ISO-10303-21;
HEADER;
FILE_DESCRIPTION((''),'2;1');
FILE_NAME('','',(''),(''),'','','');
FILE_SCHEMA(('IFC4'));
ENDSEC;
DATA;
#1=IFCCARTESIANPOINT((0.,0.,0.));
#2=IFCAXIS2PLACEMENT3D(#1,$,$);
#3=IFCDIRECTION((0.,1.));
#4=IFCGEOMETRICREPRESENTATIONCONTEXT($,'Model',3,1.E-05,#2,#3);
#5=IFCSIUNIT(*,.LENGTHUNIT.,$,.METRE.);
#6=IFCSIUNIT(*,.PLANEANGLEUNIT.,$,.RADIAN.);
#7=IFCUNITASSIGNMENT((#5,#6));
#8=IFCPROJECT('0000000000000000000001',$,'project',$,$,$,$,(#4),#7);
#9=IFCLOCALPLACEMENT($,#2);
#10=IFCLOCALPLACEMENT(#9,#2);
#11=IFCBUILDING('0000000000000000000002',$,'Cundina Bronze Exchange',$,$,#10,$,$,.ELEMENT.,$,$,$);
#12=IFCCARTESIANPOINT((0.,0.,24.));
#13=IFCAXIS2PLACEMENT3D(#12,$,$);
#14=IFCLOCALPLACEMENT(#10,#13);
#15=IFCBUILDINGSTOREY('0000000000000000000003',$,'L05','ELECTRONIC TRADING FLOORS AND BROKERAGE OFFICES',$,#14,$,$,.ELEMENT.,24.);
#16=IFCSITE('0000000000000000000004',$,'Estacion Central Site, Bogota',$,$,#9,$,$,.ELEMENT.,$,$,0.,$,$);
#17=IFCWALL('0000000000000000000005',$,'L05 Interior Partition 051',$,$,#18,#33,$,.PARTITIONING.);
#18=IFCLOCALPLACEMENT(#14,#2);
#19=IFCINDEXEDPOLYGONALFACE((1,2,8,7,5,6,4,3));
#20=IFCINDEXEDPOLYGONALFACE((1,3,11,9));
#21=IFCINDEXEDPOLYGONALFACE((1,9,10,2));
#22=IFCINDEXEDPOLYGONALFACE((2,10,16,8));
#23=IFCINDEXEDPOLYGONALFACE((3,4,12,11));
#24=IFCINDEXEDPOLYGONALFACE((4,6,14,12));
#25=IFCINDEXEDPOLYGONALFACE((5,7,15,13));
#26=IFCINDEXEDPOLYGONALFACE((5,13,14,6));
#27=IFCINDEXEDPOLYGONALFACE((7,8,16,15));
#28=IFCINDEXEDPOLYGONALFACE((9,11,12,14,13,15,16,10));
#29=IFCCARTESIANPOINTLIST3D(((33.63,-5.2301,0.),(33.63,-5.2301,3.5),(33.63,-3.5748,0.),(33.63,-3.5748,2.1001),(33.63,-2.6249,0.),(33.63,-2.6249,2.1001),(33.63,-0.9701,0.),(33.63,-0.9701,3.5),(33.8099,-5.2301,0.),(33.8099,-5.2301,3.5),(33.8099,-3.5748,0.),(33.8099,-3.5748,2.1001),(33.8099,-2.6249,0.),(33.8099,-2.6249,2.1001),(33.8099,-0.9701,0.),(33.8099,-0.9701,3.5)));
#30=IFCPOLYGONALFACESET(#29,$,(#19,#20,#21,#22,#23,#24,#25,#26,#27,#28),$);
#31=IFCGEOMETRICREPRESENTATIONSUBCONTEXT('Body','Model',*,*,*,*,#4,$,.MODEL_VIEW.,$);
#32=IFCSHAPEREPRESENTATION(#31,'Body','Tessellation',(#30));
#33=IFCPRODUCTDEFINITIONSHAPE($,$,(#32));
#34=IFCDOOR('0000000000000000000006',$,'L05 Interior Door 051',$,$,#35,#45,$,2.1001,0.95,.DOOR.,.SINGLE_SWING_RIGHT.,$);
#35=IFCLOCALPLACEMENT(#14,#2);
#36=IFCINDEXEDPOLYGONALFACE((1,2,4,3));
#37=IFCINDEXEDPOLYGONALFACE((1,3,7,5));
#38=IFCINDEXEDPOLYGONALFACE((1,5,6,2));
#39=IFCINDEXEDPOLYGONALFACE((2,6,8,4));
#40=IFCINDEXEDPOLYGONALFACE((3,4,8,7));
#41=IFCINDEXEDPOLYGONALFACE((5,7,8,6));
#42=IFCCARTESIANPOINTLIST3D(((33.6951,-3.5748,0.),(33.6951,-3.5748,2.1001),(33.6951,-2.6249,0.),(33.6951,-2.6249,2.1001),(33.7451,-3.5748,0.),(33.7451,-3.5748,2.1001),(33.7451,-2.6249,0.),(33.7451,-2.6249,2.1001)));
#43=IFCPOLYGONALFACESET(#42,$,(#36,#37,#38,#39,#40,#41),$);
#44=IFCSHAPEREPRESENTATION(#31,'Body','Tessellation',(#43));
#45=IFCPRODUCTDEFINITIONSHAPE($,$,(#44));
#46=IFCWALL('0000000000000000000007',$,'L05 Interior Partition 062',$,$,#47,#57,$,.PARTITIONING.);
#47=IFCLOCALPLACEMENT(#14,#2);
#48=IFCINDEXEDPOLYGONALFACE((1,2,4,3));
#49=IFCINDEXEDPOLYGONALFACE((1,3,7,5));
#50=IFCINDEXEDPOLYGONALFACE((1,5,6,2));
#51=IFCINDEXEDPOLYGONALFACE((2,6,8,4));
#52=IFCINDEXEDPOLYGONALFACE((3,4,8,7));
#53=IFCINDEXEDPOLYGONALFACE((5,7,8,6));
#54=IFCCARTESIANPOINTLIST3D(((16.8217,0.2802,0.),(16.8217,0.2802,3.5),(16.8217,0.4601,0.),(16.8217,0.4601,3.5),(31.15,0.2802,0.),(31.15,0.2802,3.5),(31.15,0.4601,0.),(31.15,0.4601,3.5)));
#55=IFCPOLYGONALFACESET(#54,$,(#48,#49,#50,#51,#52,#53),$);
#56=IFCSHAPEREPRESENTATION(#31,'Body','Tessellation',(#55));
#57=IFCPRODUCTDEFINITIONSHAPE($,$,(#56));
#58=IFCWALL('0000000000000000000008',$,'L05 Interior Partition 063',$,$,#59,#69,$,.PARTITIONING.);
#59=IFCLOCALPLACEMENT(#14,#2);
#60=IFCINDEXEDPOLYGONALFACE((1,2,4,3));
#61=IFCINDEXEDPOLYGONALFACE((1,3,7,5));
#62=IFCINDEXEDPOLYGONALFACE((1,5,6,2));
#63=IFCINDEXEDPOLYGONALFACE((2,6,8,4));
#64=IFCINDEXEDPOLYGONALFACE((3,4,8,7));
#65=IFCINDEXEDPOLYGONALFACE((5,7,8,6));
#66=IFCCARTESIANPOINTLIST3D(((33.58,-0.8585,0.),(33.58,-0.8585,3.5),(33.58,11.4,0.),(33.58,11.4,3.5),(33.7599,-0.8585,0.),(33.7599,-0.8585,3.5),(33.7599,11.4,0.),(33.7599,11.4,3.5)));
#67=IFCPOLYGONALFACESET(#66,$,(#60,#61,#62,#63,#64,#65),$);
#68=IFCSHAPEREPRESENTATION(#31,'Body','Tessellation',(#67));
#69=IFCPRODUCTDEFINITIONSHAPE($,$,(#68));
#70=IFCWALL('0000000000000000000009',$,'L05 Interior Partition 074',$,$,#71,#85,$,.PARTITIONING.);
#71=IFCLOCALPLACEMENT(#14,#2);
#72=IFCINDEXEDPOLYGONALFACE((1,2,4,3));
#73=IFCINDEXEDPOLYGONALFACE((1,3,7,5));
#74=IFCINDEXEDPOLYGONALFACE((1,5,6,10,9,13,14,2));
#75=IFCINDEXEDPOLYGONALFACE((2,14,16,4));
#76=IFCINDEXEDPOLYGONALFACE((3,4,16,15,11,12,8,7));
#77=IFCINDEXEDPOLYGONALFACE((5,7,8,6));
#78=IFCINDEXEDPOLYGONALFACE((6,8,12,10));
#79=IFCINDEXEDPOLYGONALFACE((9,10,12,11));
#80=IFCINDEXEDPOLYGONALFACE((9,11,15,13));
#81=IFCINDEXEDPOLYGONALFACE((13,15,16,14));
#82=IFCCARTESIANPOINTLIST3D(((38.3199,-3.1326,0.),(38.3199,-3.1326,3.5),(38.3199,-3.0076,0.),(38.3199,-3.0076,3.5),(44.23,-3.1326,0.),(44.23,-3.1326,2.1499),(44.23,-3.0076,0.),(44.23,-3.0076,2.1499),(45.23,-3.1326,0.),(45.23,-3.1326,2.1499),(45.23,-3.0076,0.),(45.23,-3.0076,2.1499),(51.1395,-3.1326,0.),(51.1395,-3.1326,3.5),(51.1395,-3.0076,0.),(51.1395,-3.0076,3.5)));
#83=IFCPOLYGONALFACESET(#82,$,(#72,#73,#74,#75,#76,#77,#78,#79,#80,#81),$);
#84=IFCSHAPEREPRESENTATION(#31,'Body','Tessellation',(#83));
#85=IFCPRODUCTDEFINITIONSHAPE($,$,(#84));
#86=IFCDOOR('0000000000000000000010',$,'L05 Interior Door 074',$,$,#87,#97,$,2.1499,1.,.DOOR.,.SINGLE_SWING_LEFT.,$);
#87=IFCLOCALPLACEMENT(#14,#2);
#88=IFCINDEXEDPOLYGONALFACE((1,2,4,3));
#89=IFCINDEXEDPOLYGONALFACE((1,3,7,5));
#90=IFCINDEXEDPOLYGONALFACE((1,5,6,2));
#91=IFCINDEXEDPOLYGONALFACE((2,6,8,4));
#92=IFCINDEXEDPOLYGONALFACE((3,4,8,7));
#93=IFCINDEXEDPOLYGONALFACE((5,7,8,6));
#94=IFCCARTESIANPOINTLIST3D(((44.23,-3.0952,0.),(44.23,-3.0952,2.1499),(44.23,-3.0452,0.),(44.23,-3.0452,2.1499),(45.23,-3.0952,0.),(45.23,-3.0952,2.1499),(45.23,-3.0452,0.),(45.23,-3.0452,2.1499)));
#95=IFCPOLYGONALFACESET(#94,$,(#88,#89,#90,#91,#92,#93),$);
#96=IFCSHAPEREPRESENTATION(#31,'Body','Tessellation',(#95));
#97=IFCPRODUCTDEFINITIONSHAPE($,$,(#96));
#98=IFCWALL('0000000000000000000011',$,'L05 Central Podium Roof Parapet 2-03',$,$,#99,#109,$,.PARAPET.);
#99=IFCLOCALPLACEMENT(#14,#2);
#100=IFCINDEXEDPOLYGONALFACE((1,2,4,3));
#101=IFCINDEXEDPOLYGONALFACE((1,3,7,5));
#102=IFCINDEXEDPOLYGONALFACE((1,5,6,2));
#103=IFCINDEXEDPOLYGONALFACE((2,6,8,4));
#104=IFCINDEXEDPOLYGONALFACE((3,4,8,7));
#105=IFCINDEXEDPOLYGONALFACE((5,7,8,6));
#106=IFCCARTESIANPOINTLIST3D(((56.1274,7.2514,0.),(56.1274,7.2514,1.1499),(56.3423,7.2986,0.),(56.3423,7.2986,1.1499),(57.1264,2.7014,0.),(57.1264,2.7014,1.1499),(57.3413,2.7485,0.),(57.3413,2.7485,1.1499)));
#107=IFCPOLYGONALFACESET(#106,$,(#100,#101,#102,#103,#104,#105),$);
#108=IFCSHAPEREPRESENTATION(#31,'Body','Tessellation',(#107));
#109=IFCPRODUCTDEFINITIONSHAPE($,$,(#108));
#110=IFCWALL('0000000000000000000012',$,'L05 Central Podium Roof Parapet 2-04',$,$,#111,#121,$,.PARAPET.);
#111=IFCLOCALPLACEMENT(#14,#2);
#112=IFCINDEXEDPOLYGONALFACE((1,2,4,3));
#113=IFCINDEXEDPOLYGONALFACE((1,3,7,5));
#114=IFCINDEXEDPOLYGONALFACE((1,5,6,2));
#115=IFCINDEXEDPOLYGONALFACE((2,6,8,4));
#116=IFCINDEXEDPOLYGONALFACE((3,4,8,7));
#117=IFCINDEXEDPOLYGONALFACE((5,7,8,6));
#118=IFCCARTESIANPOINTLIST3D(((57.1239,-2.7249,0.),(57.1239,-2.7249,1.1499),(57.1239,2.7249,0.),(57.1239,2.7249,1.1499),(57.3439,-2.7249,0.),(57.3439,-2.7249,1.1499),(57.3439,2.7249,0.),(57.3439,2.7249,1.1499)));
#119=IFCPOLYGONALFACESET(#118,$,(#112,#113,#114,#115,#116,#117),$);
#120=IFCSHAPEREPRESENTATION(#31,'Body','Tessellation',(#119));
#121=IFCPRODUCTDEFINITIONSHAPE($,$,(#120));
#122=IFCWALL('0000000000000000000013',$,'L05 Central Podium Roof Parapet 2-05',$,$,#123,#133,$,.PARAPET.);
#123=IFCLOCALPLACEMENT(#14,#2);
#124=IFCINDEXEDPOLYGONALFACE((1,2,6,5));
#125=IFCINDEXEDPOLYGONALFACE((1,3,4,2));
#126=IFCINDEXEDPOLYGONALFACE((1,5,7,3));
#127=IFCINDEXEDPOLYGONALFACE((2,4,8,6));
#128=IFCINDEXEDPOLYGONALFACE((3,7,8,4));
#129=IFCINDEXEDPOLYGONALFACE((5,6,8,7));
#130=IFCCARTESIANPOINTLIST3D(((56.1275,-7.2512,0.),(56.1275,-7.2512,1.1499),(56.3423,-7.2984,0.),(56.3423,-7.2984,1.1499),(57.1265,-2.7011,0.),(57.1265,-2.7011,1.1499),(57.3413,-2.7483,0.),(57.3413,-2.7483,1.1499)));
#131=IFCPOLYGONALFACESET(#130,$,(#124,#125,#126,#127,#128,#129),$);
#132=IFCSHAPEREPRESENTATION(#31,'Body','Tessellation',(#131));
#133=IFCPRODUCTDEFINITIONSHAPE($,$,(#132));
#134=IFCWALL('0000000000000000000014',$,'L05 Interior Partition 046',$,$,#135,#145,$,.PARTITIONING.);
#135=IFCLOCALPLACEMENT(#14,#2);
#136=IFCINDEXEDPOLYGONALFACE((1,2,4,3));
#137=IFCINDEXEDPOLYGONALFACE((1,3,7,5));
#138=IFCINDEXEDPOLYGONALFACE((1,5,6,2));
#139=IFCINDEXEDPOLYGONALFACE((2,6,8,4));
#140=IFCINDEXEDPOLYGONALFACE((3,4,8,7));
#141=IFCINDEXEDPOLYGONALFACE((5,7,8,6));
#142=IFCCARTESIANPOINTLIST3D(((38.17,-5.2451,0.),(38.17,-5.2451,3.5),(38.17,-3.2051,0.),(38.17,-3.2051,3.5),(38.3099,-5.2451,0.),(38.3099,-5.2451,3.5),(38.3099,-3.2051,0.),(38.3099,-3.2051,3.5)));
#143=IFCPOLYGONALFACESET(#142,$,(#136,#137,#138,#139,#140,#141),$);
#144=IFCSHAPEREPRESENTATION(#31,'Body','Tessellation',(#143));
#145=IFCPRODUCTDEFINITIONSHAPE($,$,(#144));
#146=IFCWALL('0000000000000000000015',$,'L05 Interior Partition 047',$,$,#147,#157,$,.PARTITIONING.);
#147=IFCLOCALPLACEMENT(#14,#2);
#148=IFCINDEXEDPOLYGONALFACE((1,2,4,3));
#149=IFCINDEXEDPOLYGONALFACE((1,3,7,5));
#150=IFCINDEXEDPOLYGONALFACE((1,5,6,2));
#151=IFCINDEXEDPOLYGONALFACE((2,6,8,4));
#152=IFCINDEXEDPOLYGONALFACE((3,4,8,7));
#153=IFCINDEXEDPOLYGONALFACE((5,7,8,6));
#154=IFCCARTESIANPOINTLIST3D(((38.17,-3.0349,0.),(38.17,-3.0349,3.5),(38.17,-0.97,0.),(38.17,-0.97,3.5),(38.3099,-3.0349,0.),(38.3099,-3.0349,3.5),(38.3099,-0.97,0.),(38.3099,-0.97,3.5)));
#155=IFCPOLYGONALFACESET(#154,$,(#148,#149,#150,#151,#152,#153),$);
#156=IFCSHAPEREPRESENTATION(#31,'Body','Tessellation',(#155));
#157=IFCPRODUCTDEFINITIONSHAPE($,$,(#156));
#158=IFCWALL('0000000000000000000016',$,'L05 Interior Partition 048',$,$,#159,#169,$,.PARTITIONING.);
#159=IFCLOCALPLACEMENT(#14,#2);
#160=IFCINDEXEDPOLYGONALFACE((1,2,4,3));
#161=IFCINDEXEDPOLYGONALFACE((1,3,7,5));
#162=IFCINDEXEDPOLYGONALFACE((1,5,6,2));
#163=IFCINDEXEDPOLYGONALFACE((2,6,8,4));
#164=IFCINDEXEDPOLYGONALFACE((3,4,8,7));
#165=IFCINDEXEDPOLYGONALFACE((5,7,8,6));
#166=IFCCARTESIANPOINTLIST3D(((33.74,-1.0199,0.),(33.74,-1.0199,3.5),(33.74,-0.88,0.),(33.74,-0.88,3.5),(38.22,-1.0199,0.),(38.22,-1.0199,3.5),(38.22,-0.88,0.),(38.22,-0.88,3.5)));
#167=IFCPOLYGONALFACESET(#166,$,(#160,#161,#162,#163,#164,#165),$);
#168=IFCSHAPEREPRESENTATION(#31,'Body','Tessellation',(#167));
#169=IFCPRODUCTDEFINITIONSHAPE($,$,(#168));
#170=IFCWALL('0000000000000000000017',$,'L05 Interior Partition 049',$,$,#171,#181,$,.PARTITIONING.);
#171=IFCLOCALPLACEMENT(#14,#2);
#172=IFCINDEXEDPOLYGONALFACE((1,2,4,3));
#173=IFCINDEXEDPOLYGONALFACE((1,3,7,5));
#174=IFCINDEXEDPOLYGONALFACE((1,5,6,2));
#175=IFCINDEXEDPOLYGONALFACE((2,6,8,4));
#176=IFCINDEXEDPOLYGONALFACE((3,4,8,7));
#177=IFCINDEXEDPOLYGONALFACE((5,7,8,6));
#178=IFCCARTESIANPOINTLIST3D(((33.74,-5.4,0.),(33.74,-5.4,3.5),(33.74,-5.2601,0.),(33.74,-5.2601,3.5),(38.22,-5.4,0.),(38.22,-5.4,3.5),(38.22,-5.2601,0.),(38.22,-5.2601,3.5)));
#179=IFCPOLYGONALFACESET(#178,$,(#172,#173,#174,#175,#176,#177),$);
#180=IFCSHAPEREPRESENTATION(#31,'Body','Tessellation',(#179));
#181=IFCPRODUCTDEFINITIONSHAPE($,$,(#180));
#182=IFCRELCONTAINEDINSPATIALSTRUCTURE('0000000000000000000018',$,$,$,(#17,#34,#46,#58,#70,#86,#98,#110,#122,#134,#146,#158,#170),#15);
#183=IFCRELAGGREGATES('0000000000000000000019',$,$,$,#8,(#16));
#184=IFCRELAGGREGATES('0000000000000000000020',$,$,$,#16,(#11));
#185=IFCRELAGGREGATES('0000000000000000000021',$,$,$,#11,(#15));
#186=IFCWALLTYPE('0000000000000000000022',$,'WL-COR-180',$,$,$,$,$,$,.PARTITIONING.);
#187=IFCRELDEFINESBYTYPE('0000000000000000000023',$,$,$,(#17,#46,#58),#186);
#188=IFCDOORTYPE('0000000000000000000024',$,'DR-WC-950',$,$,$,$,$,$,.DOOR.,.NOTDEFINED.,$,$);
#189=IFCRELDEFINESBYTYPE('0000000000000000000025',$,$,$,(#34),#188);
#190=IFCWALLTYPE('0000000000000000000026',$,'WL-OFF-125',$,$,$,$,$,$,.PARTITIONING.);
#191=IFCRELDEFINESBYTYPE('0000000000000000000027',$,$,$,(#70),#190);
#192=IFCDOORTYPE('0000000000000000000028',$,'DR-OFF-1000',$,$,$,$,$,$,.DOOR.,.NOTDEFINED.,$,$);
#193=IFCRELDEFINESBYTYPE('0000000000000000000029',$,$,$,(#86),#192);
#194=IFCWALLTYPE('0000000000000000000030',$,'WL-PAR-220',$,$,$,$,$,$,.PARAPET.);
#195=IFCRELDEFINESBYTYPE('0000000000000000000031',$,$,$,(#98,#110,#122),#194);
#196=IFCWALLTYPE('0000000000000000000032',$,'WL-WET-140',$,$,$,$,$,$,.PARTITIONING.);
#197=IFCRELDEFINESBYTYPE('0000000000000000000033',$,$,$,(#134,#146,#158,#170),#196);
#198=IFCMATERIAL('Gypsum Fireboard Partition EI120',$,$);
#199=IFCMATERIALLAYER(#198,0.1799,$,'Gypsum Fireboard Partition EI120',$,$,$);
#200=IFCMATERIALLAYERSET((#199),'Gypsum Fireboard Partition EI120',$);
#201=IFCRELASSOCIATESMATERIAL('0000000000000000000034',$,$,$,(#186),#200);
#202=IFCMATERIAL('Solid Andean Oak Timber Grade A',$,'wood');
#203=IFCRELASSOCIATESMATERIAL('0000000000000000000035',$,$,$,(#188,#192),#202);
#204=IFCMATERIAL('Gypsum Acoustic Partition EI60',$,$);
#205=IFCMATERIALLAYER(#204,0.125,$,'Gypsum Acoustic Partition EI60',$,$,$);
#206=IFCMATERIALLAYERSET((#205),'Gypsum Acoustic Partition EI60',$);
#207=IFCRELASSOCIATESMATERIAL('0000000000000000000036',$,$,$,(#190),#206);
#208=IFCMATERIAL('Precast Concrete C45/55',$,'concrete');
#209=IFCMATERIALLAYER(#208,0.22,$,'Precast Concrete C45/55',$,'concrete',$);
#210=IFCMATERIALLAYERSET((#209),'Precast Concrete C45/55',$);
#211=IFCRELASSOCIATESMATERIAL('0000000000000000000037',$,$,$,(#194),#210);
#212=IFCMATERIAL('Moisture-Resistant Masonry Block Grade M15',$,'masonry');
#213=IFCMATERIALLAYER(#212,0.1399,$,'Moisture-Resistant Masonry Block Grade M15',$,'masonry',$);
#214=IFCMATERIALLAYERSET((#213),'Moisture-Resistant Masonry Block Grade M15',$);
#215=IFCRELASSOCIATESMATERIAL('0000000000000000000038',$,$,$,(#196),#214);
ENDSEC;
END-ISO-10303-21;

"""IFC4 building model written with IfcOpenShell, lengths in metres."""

from ifc_helpers import new_model, si_unit, direction, frame, frame_2d, origin, place, context, subcontext, project, spatial, rectangle, extrude, material, layer, layer_set, type_object, element, fill, save


model = new_model("IFC4")

# Units and contexts
model_context = context("Model", 3, precision=1e-05, world=origin(), true_north=direction((0.0, 1.0)))
body_context = subcontext(model_context, "Body", "Model", "MODEL_VIEW")
ifc_project = project(units=[si_unit("LENGTHUNIT", "METRE"), si_unit("PLANEANGLEUNIT", "RADIAN")], contexts=[model_context])

# Site, building, storey
site_placement = place(None, origin())
site = spatial("IfcSite", under=ifc_project, at=site_placement, Name="Estacion Central Site, Bogota", CompositionType="ELEMENT", RefElevation=0.0)
building_placement = place(site_placement, origin())
building = spatial("IfcBuilding", under=site, at=building_placement, Name="Cundina Bronze Exchange", CompositionType="ELEMENT")
storey_placement = place(building_placement, frame((0.0, 0.0, 24.0)))
storey = spatial("IfcBuildingStorey", under=building, at=storey_placement, Name="L05", Description="ELECTRONIC TRADING FLOORS AND BROKERAGE OFFICES", CompositionType="ELEMENT", Elevation=24.0)

# Wall, opening, door
ifc_material_1 = material(Name="Gypsum Fireboard Partition EI120")
ifc_layer_1 = layer(ifc_material_1, 0.1799, Name="Gypsum Fireboard Partition EI120")
ifc_layer_set_1 = layer_set([ifc_layer_1], Name="Gypsum Fireboard Partition EI120")
wall_type_1 = type_object("IfcWallType", Name="WL-COR-180", PredefinedType="PARTITIONING", material=ifc_layer_set_1)
wall_1_placement = place(storey_placement, frame((33.72, -5.23, 0.0), z_axis=(0.0, 0.0, 1.0), x_axis=(0.0, 1.0, 0.0)))
wall_1 = element("IfcWall", 1, at=wall_1_placement, inside=storey, type_object=wall_type_1, Name="L05 Interior Partition 051", PredefinedType="PARTITIONING", context=body_context, shape_type="SweptSolid", body=[
    extrude(rectangle(XDim=4.26, YDim=0.1799, at=frame_2d((2.1299, 0.0))), origin(), (0.0, 0.0, 1.0), 3.5),
])
opening_1_placement = place(wall_1_placement, frame((1.655, 0.0, 0.0)))
opening_1 = element("IfcOpeningElement", 2, at=opening_1_placement, cuts=wall_1, PredefinedType="OPENING", context=body_context, shape_type="SweptSolid", body=[
    extrude(rectangle(XDim=0.95, YDim=2.1001, at=frame_2d((0.4751, 1.05))), frame((0.0, 0.0999, 0.0), z_axis=(0.0, -1.0, 0.0), x_axis=(1.0, 0.0, 0.0)), (0.0, 0.0, 1.0), 0.2),
])
ifc_material_2 = material(Name="Solid Andean Oak Timber Grade A", Category="wood")
door_type_1 = type_object("IfcDoorType", Name="DR-WC-950", OperationType="NOTDEFINED", PredefinedType="DOOR", material=ifc_material_2)
door_1_placement = place(opening_1_placement, origin())
door_1 = element("IfcDoor", 3, at=door_1_placement, inside=storey, type_object=door_type_1, Name="L05 Interior Door 051", OperationType="SINGLE_SWING_RIGHT", OverallHeight=2.1001, OverallWidth=0.95, PredefinedType="DOOR", context=body_context, shape_type="SweptSolid", body=[
    extrude(rectangle(XDim=0.95, YDim=2.1001, at=frame_2d((0.4751, 1.05))), frame((0.0, 0.0249, 0.0), z_axis=(0.0, -1.0, 0.0), x_axis=(1.0, 0.0, 0.0)), (0.0, 0.0, 1.0), 0.05),
])
fill(opening_1, door_1)

# Walls
wall_2_placement = place(storey_placement, frame((31.1499, 0.3701, 0.0), z_axis=(0.0, 0.0, 1.0), x_axis=(-1.0, 0.0, 0.0)))
element("IfcWall", 4, at=wall_2_placement, inside=storey, type_object=wall_type_1, Name="L05 Interior Partition 062", PredefinedType="PARTITIONING", context=body_context, shape_type="SweptSolid", body=[
    extrude(rectangle(XDim=14.3284, YDim=0.1799, at=frame_2d((7.1641, 0.0))), origin(), (0.0, 0.0, 1.0), 3.5),
])
wall_3_placement = place(storey_placement, frame((33.6699, -0.8586, 0.0), z_axis=(0.0, 0.0, 1.0), x_axis=(0.0, 1.0, 0.0)))
element("IfcWall", 5, at=wall_3_placement, inside=storey, type_object=wall_type_1, Name="L05 Interior Partition 063", PredefinedType="PARTITIONING", context=body_context, shape_type="SweptSolid", body=[
    extrude(rectangle(XDim=12.2585, YDim=0.1799, at=frame_2d((6.1294, 0.0))), origin(), (0.0, 0.0, 1.0), 3.5),
])

# Wall, opening, door
ifc_material_3 = material(Name="Gypsum Acoustic Partition EI60")
ifc_layer_2 = layer(ifc_material_3, 0.125, Name="Gypsum Acoustic Partition EI60")
ifc_layer_set_2 = layer_set([ifc_layer_2], Name="Gypsum Acoustic Partition EI60")
wall_type_2 = type_object("IfcWallType", Name="WL-OFF-125", PredefinedType="PARTITIONING", material=ifc_layer_set_2)
wall_4_placement = place(storey_placement, frame((38.3201, -3.0701, 0.0), z_axis=(0.0, 0.0, 1.0), x_axis=(1.0, 0.0, 0.0)))
wall_4 = element("IfcWall", 6, at=wall_4_placement, inside=storey, type_object=wall_type_2, Name="L05 Interior Partition 074", PredefinedType="PARTITIONING", context=body_context, shape_type="SweptSolid", body=[
    extrude(rectangle(XDim=12.8196, YDim=0.125, at=frame_2d((6.4097, 0.0))), origin(), (0.0, 0.0, 1.0), 3.5),
])
opening_2_placement = place(wall_4_placement, frame((5.9099, 0.0, 0.0)))
opening_2 = element("IfcOpeningElement", 7, at=opening_2_placement, cuts=wall_4, PredefinedType="OPENING", context=body_context, shape_type="SweptSolid", body=[
    extrude(rectangle(XDim=1.0, YDim=2.1499, at=frame_2d((0.5, 1.075))), frame((0.0, 0.0725, 0.0), z_axis=(0.0, -1.0, 0.0), x_axis=(1.0, 0.0, 0.0)), (0.0, 0.0, 1.0), 0.145),
])
door_type_2 = type_object("IfcDoorType", Name="DR-OFF-1000", OperationType="NOTDEFINED", PredefinedType="DOOR", material=ifc_material_2)
door_2_placement = place(opening_2_placement, origin())
door_2 = element("IfcDoor", 8, at=door_2_placement, inside=storey, type_object=door_type_2, Name="L05 Interior Door 074", OperationType="SINGLE_SWING_LEFT", OverallHeight=2.1499, OverallWidth=1.0, PredefinedType="DOOR", context=body_context, shape_type="SweptSolid", body=[
    extrude(rectangle(XDim=1.0, YDim=2.1499, at=frame_2d((0.5, 1.075))), frame((0.0, 0.0249, 0.0), z_axis=(0.0, -1.0, 0.0), x_axis=(1.0, 0.0, 0.0)), (0.0, 0.0, 1.0), 0.05),
])
fill(opening_2, door_2)

# Walls
ifc_material_4 = material(Name="Precast Concrete C45/55", Category="concrete")
ifc_layer_3 = layer(ifc_material_4, 0.22, Name="Precast Concrete C45/55", Category="concrete")
ifc_layer_set_3 = layer_set([ifc_layer_3], Name="Precast Concrete C45/55")
wall_type_3 = type_object("IfcWallType", Name="WL-PAR-220", PredefinedType="PARAPET", material=ifc_layer_set_3)
wall_5_placement = place(storey_placement, frame((56.2349, 7.2749, 0.0), z_axis=(0.0, 0.0, 1.0), x_axis=(0.214455, -0.976734, 0.0)))
element("IfcWall", 9, at=wall_5_placement, inside=storey, type_object=wall_type_3, Name="L05 Central Podium Roof Parapet 2-03", PredefinedType="PARAPET", context=body_context, shape_type="SweptSolid", body=[
    extrude(rectangle(XDim=4.6584, YDim=0.22, at=frame_2d((2.3291, 0.0))), origin(), (0.0, 0.0, 1.0), 1.1499),
])
wall_6_placement = place(storey_placement, frame((57.2339, 2.7249, 0.0), z_axis=(0.0, 0.0, 1.0), x_axis=(0.0, -1.0, 0.0)))
element("IfcWall", 10, at=wall_6_placement, inside=storey, type_object=wall_type_3, Name="L05 Central Podium Roof Parapet 2-04", PredefinedType="PARAPET", context=body_context, shape_type="SweptSolid", body=[
    extrude(rectangle(XDim=5.4497, YDim=0.22, at=frame_2d((2.7249, 0.0))), origin(), (0.0, 0.0, 1.0), 1.1499),
])
wall_7_placement = place(storey_placement, frame((57.2339, -2.7249, 0.0), z_axis=(0.0, 0.0, 1.0), x_axis=(-0.214455, -0.976734, 0.0)))
element("IfcWall", 11, at=wall_7_placement, inside=storey, type_object=wall_type_3, Name="L05 Central Podium Roof Parapet 2-05", PredefinedType="PARAPET", context=body_context, shape_type="SweptSolid", body=[
    extrude(rectangle(XDim=4.6584, YDim=0.22, at=frame_2d((2.3291, 0.0))), origin(), (0.0, 0.0, 1.0), 1.1499),
])
ifc_material_5 = material(Name="Moisture-Resistant Masonry Block Grade M15", Category="masonry")
ifc_layer_4 = layer(ifc_material_5, 0.1399, Name="Moisture-Resistant Masonry Block Grade M15", Category="masonry")
ifc_layer_set_4 = layer_set([ifc_layer_4], Name="Moisture-Resistant Masonry Block Grade M15")
wall_type_4 = type_object("IfcWallType", Name="WL-WET-140", PredefinedType="PARTITIONING", material=ifc_layer_set_4)
wall_8_placement = place(storey_placement, frame((38.24, -5.2451, 0.0), z_axis=(0.0, 0.0, 1.0), x_axis=(0.0, 1.0, 0.0)))
element("IfcWall", 12, at=wall_8_placement, inside=storey, type_object=wall_type_4, Name="L05 Interior Partition 046", PredefinedType="PARTITIONING", context=body_context, shape_type="SweptSolid", body=[
    extrude(rectangle(XDim=2.04, YDim=0.1399, at=frame_2d((1.02, 0.0))), origin(), (0.0, 0.0, 1.0), 3.5),
])
wall_9_placement = place(storey_placement, frame((38.24, -3.0349, 0.0), z_axis=(0.0, 0.0, 1.0), x_axis=(0.0, 1.0, 0.0)))
element("IfcWall", 13, at=wall_9_placement, inside=storey, type_object=wall_type_4, Name="L05 Interior Partition 047", PredefinedType="PARTITIONING", context=body_context, shape_type="SweptSolid", body=[
    extrude(rectangle(XDim=2.0649, YDim=0.1399, at=frame_2d((1.0325, 0.0))), origin(), (0.0, 0.0, 1.0), 3.5),
])
for number, where, z_axis, x_axis, name in (
    (14, (33.74, -0.95, 0.0), (0.0, 0.0, 1.0), (1.0, 0.0, 0.0), "L05 Interior Partition 048"),
    (15, (33.74, -5.3301, 0.0), (0.0, 0.0, 1.0), (1.0, 0.0, 0.0), "L05 Interior Partition 049"),
):
    element("IfcWall", number, at=place(storey_placement, frame(where, z_axis=z_axis, x_axis=x_axis)), inside=storey, type_object=wall_type_4, Name=name, PredefinedType="PARTITIONING", context=body_context, shape_type="SweptSolid", body=[
        extrude(rectangle(XDim=4.48, YDim=0.1399, at=frame_2d((2.24, 0.0))), origin(), (0.0, 0.0, 1.0), 3.5),
    ])

save(model, "model.ifc")
